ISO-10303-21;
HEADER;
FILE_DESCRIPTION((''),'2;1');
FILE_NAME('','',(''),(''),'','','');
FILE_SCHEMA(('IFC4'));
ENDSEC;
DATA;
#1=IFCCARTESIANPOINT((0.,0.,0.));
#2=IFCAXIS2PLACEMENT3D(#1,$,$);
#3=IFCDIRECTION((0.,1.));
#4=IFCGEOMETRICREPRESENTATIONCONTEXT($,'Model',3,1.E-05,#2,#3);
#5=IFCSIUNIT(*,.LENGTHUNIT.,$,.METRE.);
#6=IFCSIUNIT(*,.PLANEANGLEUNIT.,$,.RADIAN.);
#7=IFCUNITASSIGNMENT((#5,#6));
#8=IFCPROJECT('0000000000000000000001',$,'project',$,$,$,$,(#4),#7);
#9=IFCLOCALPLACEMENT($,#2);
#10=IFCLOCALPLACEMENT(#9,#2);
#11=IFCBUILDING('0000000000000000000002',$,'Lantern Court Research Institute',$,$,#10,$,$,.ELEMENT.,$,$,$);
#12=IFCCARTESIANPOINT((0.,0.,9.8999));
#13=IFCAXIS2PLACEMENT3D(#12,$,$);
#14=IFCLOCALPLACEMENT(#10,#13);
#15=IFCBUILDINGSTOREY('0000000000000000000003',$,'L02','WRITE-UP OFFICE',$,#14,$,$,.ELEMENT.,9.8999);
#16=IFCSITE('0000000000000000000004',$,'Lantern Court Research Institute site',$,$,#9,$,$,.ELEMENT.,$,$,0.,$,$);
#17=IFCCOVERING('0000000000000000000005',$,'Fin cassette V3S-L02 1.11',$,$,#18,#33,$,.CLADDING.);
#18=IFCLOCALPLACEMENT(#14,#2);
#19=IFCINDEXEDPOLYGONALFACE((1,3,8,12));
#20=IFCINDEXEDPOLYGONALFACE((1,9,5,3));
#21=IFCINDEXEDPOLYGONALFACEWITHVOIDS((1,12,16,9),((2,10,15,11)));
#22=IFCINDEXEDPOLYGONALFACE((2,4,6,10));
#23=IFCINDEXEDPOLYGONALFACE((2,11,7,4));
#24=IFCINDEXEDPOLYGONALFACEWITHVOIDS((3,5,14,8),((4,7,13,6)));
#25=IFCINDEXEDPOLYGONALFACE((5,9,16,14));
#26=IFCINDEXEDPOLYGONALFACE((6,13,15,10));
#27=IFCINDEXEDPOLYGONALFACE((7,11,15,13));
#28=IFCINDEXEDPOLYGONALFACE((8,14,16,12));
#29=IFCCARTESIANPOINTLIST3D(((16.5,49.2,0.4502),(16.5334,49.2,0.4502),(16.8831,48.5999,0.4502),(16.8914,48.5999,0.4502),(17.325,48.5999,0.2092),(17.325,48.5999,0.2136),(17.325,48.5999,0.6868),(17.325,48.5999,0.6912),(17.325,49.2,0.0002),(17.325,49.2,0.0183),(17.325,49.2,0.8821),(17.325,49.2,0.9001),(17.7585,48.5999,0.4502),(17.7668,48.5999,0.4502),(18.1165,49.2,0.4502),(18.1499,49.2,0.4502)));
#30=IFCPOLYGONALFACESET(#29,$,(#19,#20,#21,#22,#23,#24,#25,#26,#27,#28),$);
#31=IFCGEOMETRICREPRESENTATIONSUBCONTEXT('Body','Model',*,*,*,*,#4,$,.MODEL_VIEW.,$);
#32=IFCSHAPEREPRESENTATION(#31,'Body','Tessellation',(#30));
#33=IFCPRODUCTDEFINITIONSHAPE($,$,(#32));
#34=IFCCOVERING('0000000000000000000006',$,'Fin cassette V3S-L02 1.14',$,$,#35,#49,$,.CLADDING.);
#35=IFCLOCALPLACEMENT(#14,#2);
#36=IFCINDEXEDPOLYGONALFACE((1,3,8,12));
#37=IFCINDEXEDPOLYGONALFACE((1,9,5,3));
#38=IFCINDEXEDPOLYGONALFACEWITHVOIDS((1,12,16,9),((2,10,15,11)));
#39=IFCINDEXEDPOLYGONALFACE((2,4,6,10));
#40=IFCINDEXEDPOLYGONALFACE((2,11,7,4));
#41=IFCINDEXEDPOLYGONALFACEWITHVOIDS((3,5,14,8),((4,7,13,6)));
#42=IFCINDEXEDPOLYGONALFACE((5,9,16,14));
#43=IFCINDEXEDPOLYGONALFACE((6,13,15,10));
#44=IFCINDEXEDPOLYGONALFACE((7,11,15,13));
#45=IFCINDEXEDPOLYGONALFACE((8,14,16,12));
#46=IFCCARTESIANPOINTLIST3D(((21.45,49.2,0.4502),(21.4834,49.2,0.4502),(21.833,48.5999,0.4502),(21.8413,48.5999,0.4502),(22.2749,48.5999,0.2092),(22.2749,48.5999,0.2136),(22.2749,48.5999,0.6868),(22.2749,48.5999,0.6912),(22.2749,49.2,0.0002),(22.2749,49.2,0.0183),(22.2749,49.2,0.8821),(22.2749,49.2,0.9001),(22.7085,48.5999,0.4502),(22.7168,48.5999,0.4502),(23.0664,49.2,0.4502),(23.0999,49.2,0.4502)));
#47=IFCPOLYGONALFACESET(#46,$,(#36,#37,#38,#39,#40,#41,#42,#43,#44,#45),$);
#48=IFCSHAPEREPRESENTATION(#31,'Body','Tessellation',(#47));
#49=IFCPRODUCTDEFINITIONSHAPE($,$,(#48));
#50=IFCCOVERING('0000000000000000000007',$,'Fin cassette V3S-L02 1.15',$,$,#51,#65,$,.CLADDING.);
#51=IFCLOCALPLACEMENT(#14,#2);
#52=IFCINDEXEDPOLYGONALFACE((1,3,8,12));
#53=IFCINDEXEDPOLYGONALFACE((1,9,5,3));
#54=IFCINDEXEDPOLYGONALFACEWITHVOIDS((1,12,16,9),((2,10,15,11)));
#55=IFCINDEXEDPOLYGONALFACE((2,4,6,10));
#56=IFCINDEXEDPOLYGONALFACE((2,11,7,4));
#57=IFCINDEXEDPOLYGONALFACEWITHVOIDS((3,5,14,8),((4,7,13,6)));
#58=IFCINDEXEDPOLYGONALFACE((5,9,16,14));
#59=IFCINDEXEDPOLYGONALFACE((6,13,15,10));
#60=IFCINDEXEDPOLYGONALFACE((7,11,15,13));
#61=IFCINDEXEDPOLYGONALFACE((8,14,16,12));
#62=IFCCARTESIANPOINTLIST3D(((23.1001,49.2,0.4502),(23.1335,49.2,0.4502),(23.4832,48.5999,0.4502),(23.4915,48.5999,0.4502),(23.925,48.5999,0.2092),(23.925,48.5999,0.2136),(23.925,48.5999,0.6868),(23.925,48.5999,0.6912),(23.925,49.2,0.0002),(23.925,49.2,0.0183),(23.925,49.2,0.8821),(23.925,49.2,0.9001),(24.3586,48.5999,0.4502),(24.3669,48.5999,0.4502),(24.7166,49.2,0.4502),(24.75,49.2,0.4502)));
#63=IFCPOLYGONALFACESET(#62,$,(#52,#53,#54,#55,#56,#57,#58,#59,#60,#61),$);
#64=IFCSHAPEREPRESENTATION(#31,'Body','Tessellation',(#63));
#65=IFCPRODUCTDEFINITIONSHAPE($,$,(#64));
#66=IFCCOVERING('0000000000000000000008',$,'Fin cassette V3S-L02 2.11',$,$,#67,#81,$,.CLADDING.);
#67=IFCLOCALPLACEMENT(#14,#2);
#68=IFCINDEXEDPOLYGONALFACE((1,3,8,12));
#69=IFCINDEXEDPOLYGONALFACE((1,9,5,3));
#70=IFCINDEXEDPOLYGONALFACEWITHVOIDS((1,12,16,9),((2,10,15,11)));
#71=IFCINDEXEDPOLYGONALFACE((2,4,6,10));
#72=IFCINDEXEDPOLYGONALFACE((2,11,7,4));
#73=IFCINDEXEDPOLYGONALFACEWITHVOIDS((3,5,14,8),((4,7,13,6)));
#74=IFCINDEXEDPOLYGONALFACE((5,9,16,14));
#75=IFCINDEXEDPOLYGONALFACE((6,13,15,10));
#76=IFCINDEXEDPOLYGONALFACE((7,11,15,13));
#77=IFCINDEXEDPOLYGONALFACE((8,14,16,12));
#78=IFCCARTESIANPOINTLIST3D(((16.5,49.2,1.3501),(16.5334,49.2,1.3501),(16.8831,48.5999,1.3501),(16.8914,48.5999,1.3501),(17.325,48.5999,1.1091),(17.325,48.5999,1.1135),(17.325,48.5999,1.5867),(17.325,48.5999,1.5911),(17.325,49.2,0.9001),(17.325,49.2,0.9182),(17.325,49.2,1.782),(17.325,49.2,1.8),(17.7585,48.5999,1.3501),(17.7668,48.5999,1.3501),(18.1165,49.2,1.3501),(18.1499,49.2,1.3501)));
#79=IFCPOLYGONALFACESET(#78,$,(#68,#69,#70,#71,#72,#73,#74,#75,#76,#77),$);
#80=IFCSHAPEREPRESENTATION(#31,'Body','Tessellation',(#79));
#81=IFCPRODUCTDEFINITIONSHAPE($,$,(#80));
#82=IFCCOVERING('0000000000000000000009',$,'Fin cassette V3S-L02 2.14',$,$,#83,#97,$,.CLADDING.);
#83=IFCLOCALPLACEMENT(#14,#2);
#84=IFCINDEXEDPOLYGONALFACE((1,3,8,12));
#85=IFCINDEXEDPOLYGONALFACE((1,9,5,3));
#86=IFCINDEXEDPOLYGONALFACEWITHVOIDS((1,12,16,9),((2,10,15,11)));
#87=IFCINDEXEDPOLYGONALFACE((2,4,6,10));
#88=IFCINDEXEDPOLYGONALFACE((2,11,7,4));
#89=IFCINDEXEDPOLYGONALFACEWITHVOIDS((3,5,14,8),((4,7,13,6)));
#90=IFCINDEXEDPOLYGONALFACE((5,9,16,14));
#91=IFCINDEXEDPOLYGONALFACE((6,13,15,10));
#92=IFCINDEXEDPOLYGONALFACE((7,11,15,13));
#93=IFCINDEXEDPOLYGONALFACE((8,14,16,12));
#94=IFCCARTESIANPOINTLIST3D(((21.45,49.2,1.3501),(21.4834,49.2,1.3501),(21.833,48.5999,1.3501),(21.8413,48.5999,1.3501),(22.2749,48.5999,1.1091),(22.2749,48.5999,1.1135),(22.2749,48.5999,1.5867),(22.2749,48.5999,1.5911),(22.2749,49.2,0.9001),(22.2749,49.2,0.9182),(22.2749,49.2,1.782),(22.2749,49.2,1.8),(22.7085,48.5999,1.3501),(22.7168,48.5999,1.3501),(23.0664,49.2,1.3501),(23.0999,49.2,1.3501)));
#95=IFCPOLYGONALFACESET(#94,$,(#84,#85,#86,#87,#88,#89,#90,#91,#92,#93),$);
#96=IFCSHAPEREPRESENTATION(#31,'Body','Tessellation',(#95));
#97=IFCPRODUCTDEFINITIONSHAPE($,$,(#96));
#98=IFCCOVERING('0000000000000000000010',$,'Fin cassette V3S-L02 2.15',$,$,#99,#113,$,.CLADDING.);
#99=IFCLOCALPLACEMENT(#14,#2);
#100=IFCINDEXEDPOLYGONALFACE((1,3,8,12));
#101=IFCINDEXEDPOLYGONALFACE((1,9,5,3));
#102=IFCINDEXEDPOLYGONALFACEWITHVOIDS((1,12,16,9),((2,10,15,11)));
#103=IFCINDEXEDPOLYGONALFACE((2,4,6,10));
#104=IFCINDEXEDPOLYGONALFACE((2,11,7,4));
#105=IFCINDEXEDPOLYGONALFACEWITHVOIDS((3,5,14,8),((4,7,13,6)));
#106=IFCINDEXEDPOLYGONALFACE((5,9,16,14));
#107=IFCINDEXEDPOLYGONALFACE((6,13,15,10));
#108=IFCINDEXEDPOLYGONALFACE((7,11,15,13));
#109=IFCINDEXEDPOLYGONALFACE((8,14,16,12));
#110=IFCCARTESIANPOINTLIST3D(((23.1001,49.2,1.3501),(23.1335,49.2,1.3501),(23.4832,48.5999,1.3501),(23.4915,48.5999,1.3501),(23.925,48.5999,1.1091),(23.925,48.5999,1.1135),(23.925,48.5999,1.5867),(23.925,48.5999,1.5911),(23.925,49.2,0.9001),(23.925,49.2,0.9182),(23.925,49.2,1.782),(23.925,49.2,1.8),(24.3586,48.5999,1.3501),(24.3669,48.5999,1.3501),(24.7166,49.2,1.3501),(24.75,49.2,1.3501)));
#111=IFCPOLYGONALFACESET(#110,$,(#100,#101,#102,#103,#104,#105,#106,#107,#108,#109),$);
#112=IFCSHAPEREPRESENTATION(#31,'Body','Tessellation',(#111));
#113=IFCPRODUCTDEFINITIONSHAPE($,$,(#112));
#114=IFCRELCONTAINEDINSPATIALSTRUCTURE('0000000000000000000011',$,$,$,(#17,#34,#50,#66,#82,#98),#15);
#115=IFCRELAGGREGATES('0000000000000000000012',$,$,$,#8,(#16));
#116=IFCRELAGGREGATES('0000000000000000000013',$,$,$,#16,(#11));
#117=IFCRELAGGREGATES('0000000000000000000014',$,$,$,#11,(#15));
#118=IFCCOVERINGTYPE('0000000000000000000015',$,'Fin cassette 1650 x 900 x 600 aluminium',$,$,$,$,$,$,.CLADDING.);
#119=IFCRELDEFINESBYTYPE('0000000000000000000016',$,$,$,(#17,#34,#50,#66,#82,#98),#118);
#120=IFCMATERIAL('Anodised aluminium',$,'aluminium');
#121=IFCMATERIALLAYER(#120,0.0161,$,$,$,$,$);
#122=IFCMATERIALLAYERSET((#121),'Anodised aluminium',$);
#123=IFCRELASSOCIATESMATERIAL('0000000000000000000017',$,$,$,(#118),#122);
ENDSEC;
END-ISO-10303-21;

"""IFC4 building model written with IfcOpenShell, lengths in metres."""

from ifc_helpers import new_model, entity, si_unit, direction, frame, origin, place, context, subcontext, project, spatial, material, layer, layer_set, type_object, element, save


model = new_model("IFC4")

# Units and contexts
model_context = context("Model", 3, precision=1e-05, world=origin(), true_north=direction((0.0, 1.0)))
body_context = subcontext(model_context, "Body", "Model", "MODEL_VIEW")
ifc_project = project(units=[si_unit("LENGTHUNIT", "METRE"), si_unit("PLANEANGLEUNIT", "RADIAN")], contexts=[model_context])

# Site, building, storey
site_placement = place(None, origin())
site = spatial("IfcSite", under=ifc_project, at=site_placement, Name="Lantern Court Research Institute site", CompositionType="ELEMENT", RefElevation=0.0)
building_placement = place(site_placement, origin())
building = spatial("IfcBuilding", under=site, at=building_placement, Name="Lantern Court Research Institute", CompositionType="ELEMENT")
storey_placement = place(building_placement, frame((0.0, 0.0, 9.8999)))
storey = spatial("IfcBuildingStorey", under=building, at=storey_placement, Name="L02", Description="WRITE-UP OFFICE", CompositionType="ELEMENT", Elevation=9.8999)

# Coverings
ifc_material_1 = material(Name="Anodised aluminium", Category="aluminium")
ifc_layer_1 = layer(ifc_material_1, 0.0161)
ifc_layer_set_1 = layer_set([ifc_layer_1], Name="Anodised aluminium")
covering_type_1 = type_object("IfcCoveringType", Name="Fin cassette 1650 x 900 x 600 aluminium", PredefinedType="CLADDING", material=ifc_layer_set_1)
covering_1_placement = place(storey_placement, frame((17.325, 49.2, 0.4502), z_axis=(0.0, -1.0, 0.0), x_axis=(1.0, 0.0, 0.0)))
cartesian_point_1 = entity("IfcCartesianPoint", [0.825, 0.0])
cartesian_point_2 = entity("IfcCartesianPoint", [0.7915, 0.0])
cartesian_point_3 = entity("IfcCartesianPoint", [0.4419, 0.0])
cartesian_point_4 = entity("IfcCartesianPoint", [0.4336, 0.0])
element("IfcCovering", 1, at=covering_1_placement, inside=storey, type_object=covering_type_1, Name="Fin cassette V3S-L02 1.11", PredefinedType="CLADDING", context=body_context, shape_type="SweptSolid", body=[
    entity("IfcExtrudedAreaSolidTapered", entity("IfcArbitraryProfileDefWithVoids", "AREA", None, entity("IfcPolyline", [cartesian_point_1, entity("IfcCartesianPoint", [0.0, 0.45]), entity("IfcCartesianPoint", [-0.825, 0.0]), entity("IfcCartesianPoint", [0.0, -0.45]), cartesian_point_1]), [entity("IfcPolyline", [cartesian_point_2, entity("IfcCartesianPoint", [0.0, 0.4319]), entity("IfcCartesianPoint", [-0.7915, 0.0]), entity("IfcCartesianPoint", [0.0, -0.4319]), cartesian_point_2])]), entity("IfcAxis2Placement3D", entity("IfcCartesianPoint", [0.0, 0.0, 0.0])), entity("IfcDirection", [0.0, 0.0, 1.0]), 0.6001, entity("IfcArbitraryProfileDefWithVoids", "AREA", None, entity("IfcPolyline", [cartesian_point_3, entity("IfcCartesianPoint", [0.0, 0.241]), entity("IfcCartesianPoint", [-0.4419, 0.0]), entity("IfcCartesianPoint", [0.0, -0.241]), cartesian_point_3]), [entity("IfcPolyline", [cartesian_point_4, entity("IfcCartesianPoint", [0.0, 0.2366]), entity("IfcCartesianPoint", [-0.4336, 0.0]), entity("IfcCartesianPoint", [0.0, -0.2366]), cartesian_point_4])])),
])
covering_2_placement = place(storey_placement, frame((22.2749, 49.2, 0.4502), z_axis=(0.0, -1.0, 0.0), x_axis=(1.0, 0.0, 0.0)))
cartesian_point_5 = entity("IfcCartesianPoint", [0.825, 0.0])
cartesian_point_6 = entity("IfcCartesianPoint", [0.7915, 0.0])
cartesian_point_7 = entity("IfcCartesianPoint", [0.4419, 0.0])
cartesian_point_8 = entity("IfcCartesianPoint", [0.4336, 0.0])
element("IfcCovering", 2, at=covering_2_placement, inside=storey, type_object=covering_type_1, Name="Fin cassette V3S-L02 1.14", PredefinedType="CLADDING", context=body_context, shape_type="SweptSolid", body=[
    entity("IfcExtrudedAreaSolidTapered", entity("IfcArbitraryProfileDefWithVoids", "AREA", None, entity("IfcPolyline", [cartesian_point_5, entity("IfcCartesianPoint", [0.0, 0.45]), entity("IfcCartesianPoint", [-0.825, 0.0]), entity("IfcCartesianPoint", [0.0, -0.45]), cartesian_point_5]), [entity("IfcPolyline", [cartesian_point_6, entity("IfcCartesianPoint", [0.0, 0.4319]), entity("IfcCartesianPoint", [-0.7915, 0.0]), entity("IfcCartesianPoint", [0.0, -0.4319]), cartesian_point_6])]), entity("IfcAxis2Placement3D", entity("IfcCartesianPoint", [0.0, 0.0, 0.0])), entity("IfcDirection", [0.0, 0.0, 1.0]), 0.6001, entity("IfcArbitraryProfileDefWithVoids", "AREA", None, entity("IfcPolyline", [cartesian_point_7, entity("IfcCartesianPoint", [0.0, 0.241]), entity("IfcCartesianPoint", [-0.4419, 0.0]), entity("IfcCartesianPoint", [0.0, -0.241]), cartesian_point_7]), [entity("IfcPolyline", [cartesian_point_8, entity("IfcCartesianPoint", [0.0, 0.2366]), entity("IfcCartesianPoint", [-0.4336, 0.0]), entity("IfcCartesianPoint", [0.0, -0.2366]), cartesian_point_8])])),
])
covering_3_placement = place(storey_placement, frame((23.925, 49.2, 0.4502), z_axis=(0.0, -1.0, 0.0), x_axis=(1.0, 0.0, 0.0)))
cartesian_point_9 = entity("IfcCartesianPoint", [0.825, 0.0])
cartesian_point_10 = entity("IfcCartesianPoint", [0.7915, 0.0])
cartesian_point_11 = entity("IfcCartesianPoint", [0.4419, 0.0])
cartesian_point_12 = entity("IfcCartesianPoint", [0.4336, 0.0])
element("IfcCovering", 3, at=covering_3_placement, inside=storey, type_object=covering_type_1, Name="Fin cassette V3S-L02 1.15", PredefinedType="CLADDING", context=body_context, shape_type="SweptSolid", body=[
    entity("IfcExtrudedAreaSolidTapered", entity("IfcArbitraryProfileDefWithVoids", "AREA", None, entity("IfcPolyline", [cartesian_point_9, entity("IfcCartesianPoint", [0.0, 0.45]), entity("IfcCartesianPoint", [-0.825, 0.0]), entity("IfcCartesianPoint", [0.0, -0.45]), cartesian_point_9]), [entity("IfcPolyline", [cartesian_point_10, entity("IfcCartesianPoint", [0.0, 0.4319]), entity("IfcCartesianPoint", [-0.7915, 0.0]), entity("IfcCartesianPoint", [0.0, -0.4319]), cartesian_point_10])]), entity("IfcAxis2Placement3D", entity("IfcCartesianPoint", [0.0, 0.0, 0.0])), entity("IfcDirection", [0.0, 0.0, 1.0]), 0.6001, entity("IfcArbitraryProfileDefWithVoids", "AREA", None, entity("IfcPolyline", [cartesian_point_11, entity("IfcCartesianPoint", [0.0, 0.241]), entity("IfcCartesianPoint", [-0.4419, 0.0]), entity("IfcCartesianPoint", [0.0, -0.241]), cartesian_point_11]), [entity("IfcPolyline", [cartesian_point_12, entity("IfcCartesianPoint", [0.0, 0.2366]), entity("IfcCartesianPoint", [-0.4336, 0.0]), entity("IfcCartesianPoint", [0.0, -0.2366]), cartesian_point_12])])),
])
covering_4_placement = place(storey_placement, frame((17.325, 49.2, 1.3501), z_axis=(0.0, -1.0, 0.0), x_axis=(1.0, 0.0, 0.0)))
cartesian_point_13 = entity("IfcCartesianPoint", [0.825, 0.0])
cartesian_point_14 = entity("IfcCartesianPoint", [0.7915, 0.0])
cartesian_point_15 = entity("IfcCartesianPoint", [0.4419, 0.0])
cartesian_point_16 = entity("IfcCartesianPoint", [0.4336, 0.0])
element("IfcCovering", 4, at=covering_4_placement, inside=storey, type_object=covering_type_1, Name="Fin cassette V3S-L02 2.11", PredefinedType="CLADDING", context=body_context, shape_type="SweptSolid", body=[
    entity("IfcExtrudedAreaSolidTapered", entity("IfcArbitraryProfileDefWithVoids", "AREA", None, entity("IfcPolyline", [cartesian_point_13, entity("IfcCartesianPoint", [0.0, 0.45]), entity("IfcCartesianPoint", [-0.825, 0.0]), entity("IfcCartesianPoint", [0.0, -0.45]), cartesian_point_13]), [entity("IfcPolyline", [cartesian_point_14, entity("IfcCartesianPoint", [0.0, 0.4319]), entity("IfcCartesianPoint", [-0.7915, 0.0]), entity("IfcCartesianPoint", [0.0, -0.4319]), cartesian_point_14])]), entity("IfcAxis2Placement3D", entity("IfcCartesianPoint", [0.0, 0.0, 0.0])), entity("IfcDirection", [0.0, 0.0, 1.0]), 0.6001, entity("IfcArbitraryProfileDefWithVoids", "AREA", None, entity("IfcPolyline", [cartesian_point_15, entity("IfcCartesianPoint", [0.0, 0.241]), entity("IfcCartesianPoint", [-0.4419, 0.0]), entity("IfcCartesianPoint", [0.0, -0.241]), cartesian_point_15]), [entity("IfcPolyline", [cartesian_point_16, entity("IfcCartesianPoint", [0.0, 0.2366]), entity("IfcCartesianPoint", [-0.4336, 0.0]), entity("IfcCartesianPoint", [0.0, -0.2366]), cartesian_point_16])])),
])
covering_5_placement = place(storey_placement, frame((22.2749, 49.2, 1.3501), z_axis=(0.0, -1.0, 0.0), x_axis=(1.0, 0.0, 0.0)))
cartesian_point_17 = entity("IfcCartesianPoint", [0.825, 0.0])
cartesian_point_18 = entity("IfcCartesianPoint", [0.7915, 0.0])
cartesian_point_19 = entity("IfcCartesianPoint", [0.4419, 0.0])
cartesian_point_20 = entity("IfcCartesianPoint", [0.4336, 0.0])
element("IfcCovering", 5, at=covering_5_placement, inside=storey, type_object=covering_type_1, Name="Fin cassette V3S-L02 2.14", PredefinedType="CLADDING", context=body_context, shape_type="SweptSolid", body=[
    entity("IfcExtrudedAreaSolidTapered", entity("IfcArbitraryProfileDefWithVoids", "AREA", None, entity("IfcPolyline", [cartesian_point_17, entity("IfcCartesianPoint", [0.0, 0.45]), entity("IfcCartesianPoint", [-0.825, 0.0]), entity("IfcCartesianPoint", [0.0, -0.45]), cartesian_point_17]), [entity("IfcPolyline", [cartesian_point_18, entity("IfcCartesianPoint", [0.0, 0.4319]), entity("IfcCartesianPoint", [-0.7915, 0.0]), entity("IfcCartesianPoint", [0.0, -0.4319]), cartesian_point_18])]), entity("IfcAxis2Placement3D", entity("IfcCartesianPoint", [0.0, 0.0, 0.0])), entity("IfcDirection", [0.0, 0.0, 1.0]), 0.6001, entity("IfcArbitraryProfileDefWithVoids", "AREA", None, entity("IfcPolyline", [cartesian_point_19, entity("IfcCartesianPoint", [0.0, 0.241]), entity("IfcCartesianPoint", [-0.4419, 0.0]), entity("IfcCartesianPoint", [0.0, -0.241]), cartesian_point_19]), [entity("IfcPolyline", [cartesian_point_20, entity("IfcCartesianPoint", [0.0, 0.2366]), entity("IfcCartesianPoint", [-0.4336, 0.0]), entity("IfcCartesianPoint", [0.0, -0.2366]), cartesian_point_20])])),
])
covering_6_placement = place(storey_placement, frame((23.925, 49.2, 1.3501), z_axis=(0.0, -1.0, 0.0), x_axis=(1.0, 0.0, 0.0)))
cartesian_point_21 = entity("IfcCartesianPoint", [0.825, 0.0])
cartesian_point_22 = entity("IfcCartesianPoint", [0.7915, 0.0])
cartesian_point_23 = entity("IfcCartesianPoint", [0.4419, 0.0])
cartesian_point_24 = entity("IfcCartesianPoint", [0.4336, 0.0])
element("IfcCovering", 6, at=covering_6_placement, inside=storey, type_object=covering_type_1, Name="Fin cassette V3S-L02 2.15", PredefinedType="CLADDING", context=body_context, shape_type="SweptSolid", body=[
    entity("IfcExtrudedAreaSolidTapered", entity("IfcArbitraryProfileDefWithVoids", "AREA", None, entity("IfcPolyline", [cartesian_point_21, entity("IfcCartesianPoint", [0.0, 0.45]), entity("IfcCartesianPoint", [-0.825, 0.0]), entity("IfcCartesianPoint", [0.0, -0.45]), cartesian_point_21]), [entity("IfcPolyline", [cartesian_point_22, entity("IfcCartesianPoint", [0.0, 0.4319]), entity("IfcCartesianPoint", [-0.7915, 0.0]), entity("IfcCartesianPoint", [0.0, -0.4319]), cartesian_point_22])]), entity("IfcAxis2Placement3D", entity("IfcCartesianPoint", [0.0, 0.0, 0.0])), entity("IfcDirection", [0.0, 0.0, 1.0]), 0.6001, entity("IfcArbitraryProfileDefWithVoids", "AREA", None, entity("IfcPolyline", [cartesian_point_23, entity("IfcCartesianPoint", [0.0, 0.241]), entity("IfcCartesianPoint", [-0.4419, 0.0]), entity("IfcCartesianPoint", [0.0, -0.241]), cartesian_point_23]), [entity("IfcPolyline", [cartesian_point_24, entity("IfcCartesianPoint", [0.0, 0.2366]), entity("IfcCartesianPoint", [-0.4336, 0.0]), entity("IfcCartesianPoint", [0.0, -0.2366]), cartesian_point_24])])),
])

save(model, "model.ifc")
